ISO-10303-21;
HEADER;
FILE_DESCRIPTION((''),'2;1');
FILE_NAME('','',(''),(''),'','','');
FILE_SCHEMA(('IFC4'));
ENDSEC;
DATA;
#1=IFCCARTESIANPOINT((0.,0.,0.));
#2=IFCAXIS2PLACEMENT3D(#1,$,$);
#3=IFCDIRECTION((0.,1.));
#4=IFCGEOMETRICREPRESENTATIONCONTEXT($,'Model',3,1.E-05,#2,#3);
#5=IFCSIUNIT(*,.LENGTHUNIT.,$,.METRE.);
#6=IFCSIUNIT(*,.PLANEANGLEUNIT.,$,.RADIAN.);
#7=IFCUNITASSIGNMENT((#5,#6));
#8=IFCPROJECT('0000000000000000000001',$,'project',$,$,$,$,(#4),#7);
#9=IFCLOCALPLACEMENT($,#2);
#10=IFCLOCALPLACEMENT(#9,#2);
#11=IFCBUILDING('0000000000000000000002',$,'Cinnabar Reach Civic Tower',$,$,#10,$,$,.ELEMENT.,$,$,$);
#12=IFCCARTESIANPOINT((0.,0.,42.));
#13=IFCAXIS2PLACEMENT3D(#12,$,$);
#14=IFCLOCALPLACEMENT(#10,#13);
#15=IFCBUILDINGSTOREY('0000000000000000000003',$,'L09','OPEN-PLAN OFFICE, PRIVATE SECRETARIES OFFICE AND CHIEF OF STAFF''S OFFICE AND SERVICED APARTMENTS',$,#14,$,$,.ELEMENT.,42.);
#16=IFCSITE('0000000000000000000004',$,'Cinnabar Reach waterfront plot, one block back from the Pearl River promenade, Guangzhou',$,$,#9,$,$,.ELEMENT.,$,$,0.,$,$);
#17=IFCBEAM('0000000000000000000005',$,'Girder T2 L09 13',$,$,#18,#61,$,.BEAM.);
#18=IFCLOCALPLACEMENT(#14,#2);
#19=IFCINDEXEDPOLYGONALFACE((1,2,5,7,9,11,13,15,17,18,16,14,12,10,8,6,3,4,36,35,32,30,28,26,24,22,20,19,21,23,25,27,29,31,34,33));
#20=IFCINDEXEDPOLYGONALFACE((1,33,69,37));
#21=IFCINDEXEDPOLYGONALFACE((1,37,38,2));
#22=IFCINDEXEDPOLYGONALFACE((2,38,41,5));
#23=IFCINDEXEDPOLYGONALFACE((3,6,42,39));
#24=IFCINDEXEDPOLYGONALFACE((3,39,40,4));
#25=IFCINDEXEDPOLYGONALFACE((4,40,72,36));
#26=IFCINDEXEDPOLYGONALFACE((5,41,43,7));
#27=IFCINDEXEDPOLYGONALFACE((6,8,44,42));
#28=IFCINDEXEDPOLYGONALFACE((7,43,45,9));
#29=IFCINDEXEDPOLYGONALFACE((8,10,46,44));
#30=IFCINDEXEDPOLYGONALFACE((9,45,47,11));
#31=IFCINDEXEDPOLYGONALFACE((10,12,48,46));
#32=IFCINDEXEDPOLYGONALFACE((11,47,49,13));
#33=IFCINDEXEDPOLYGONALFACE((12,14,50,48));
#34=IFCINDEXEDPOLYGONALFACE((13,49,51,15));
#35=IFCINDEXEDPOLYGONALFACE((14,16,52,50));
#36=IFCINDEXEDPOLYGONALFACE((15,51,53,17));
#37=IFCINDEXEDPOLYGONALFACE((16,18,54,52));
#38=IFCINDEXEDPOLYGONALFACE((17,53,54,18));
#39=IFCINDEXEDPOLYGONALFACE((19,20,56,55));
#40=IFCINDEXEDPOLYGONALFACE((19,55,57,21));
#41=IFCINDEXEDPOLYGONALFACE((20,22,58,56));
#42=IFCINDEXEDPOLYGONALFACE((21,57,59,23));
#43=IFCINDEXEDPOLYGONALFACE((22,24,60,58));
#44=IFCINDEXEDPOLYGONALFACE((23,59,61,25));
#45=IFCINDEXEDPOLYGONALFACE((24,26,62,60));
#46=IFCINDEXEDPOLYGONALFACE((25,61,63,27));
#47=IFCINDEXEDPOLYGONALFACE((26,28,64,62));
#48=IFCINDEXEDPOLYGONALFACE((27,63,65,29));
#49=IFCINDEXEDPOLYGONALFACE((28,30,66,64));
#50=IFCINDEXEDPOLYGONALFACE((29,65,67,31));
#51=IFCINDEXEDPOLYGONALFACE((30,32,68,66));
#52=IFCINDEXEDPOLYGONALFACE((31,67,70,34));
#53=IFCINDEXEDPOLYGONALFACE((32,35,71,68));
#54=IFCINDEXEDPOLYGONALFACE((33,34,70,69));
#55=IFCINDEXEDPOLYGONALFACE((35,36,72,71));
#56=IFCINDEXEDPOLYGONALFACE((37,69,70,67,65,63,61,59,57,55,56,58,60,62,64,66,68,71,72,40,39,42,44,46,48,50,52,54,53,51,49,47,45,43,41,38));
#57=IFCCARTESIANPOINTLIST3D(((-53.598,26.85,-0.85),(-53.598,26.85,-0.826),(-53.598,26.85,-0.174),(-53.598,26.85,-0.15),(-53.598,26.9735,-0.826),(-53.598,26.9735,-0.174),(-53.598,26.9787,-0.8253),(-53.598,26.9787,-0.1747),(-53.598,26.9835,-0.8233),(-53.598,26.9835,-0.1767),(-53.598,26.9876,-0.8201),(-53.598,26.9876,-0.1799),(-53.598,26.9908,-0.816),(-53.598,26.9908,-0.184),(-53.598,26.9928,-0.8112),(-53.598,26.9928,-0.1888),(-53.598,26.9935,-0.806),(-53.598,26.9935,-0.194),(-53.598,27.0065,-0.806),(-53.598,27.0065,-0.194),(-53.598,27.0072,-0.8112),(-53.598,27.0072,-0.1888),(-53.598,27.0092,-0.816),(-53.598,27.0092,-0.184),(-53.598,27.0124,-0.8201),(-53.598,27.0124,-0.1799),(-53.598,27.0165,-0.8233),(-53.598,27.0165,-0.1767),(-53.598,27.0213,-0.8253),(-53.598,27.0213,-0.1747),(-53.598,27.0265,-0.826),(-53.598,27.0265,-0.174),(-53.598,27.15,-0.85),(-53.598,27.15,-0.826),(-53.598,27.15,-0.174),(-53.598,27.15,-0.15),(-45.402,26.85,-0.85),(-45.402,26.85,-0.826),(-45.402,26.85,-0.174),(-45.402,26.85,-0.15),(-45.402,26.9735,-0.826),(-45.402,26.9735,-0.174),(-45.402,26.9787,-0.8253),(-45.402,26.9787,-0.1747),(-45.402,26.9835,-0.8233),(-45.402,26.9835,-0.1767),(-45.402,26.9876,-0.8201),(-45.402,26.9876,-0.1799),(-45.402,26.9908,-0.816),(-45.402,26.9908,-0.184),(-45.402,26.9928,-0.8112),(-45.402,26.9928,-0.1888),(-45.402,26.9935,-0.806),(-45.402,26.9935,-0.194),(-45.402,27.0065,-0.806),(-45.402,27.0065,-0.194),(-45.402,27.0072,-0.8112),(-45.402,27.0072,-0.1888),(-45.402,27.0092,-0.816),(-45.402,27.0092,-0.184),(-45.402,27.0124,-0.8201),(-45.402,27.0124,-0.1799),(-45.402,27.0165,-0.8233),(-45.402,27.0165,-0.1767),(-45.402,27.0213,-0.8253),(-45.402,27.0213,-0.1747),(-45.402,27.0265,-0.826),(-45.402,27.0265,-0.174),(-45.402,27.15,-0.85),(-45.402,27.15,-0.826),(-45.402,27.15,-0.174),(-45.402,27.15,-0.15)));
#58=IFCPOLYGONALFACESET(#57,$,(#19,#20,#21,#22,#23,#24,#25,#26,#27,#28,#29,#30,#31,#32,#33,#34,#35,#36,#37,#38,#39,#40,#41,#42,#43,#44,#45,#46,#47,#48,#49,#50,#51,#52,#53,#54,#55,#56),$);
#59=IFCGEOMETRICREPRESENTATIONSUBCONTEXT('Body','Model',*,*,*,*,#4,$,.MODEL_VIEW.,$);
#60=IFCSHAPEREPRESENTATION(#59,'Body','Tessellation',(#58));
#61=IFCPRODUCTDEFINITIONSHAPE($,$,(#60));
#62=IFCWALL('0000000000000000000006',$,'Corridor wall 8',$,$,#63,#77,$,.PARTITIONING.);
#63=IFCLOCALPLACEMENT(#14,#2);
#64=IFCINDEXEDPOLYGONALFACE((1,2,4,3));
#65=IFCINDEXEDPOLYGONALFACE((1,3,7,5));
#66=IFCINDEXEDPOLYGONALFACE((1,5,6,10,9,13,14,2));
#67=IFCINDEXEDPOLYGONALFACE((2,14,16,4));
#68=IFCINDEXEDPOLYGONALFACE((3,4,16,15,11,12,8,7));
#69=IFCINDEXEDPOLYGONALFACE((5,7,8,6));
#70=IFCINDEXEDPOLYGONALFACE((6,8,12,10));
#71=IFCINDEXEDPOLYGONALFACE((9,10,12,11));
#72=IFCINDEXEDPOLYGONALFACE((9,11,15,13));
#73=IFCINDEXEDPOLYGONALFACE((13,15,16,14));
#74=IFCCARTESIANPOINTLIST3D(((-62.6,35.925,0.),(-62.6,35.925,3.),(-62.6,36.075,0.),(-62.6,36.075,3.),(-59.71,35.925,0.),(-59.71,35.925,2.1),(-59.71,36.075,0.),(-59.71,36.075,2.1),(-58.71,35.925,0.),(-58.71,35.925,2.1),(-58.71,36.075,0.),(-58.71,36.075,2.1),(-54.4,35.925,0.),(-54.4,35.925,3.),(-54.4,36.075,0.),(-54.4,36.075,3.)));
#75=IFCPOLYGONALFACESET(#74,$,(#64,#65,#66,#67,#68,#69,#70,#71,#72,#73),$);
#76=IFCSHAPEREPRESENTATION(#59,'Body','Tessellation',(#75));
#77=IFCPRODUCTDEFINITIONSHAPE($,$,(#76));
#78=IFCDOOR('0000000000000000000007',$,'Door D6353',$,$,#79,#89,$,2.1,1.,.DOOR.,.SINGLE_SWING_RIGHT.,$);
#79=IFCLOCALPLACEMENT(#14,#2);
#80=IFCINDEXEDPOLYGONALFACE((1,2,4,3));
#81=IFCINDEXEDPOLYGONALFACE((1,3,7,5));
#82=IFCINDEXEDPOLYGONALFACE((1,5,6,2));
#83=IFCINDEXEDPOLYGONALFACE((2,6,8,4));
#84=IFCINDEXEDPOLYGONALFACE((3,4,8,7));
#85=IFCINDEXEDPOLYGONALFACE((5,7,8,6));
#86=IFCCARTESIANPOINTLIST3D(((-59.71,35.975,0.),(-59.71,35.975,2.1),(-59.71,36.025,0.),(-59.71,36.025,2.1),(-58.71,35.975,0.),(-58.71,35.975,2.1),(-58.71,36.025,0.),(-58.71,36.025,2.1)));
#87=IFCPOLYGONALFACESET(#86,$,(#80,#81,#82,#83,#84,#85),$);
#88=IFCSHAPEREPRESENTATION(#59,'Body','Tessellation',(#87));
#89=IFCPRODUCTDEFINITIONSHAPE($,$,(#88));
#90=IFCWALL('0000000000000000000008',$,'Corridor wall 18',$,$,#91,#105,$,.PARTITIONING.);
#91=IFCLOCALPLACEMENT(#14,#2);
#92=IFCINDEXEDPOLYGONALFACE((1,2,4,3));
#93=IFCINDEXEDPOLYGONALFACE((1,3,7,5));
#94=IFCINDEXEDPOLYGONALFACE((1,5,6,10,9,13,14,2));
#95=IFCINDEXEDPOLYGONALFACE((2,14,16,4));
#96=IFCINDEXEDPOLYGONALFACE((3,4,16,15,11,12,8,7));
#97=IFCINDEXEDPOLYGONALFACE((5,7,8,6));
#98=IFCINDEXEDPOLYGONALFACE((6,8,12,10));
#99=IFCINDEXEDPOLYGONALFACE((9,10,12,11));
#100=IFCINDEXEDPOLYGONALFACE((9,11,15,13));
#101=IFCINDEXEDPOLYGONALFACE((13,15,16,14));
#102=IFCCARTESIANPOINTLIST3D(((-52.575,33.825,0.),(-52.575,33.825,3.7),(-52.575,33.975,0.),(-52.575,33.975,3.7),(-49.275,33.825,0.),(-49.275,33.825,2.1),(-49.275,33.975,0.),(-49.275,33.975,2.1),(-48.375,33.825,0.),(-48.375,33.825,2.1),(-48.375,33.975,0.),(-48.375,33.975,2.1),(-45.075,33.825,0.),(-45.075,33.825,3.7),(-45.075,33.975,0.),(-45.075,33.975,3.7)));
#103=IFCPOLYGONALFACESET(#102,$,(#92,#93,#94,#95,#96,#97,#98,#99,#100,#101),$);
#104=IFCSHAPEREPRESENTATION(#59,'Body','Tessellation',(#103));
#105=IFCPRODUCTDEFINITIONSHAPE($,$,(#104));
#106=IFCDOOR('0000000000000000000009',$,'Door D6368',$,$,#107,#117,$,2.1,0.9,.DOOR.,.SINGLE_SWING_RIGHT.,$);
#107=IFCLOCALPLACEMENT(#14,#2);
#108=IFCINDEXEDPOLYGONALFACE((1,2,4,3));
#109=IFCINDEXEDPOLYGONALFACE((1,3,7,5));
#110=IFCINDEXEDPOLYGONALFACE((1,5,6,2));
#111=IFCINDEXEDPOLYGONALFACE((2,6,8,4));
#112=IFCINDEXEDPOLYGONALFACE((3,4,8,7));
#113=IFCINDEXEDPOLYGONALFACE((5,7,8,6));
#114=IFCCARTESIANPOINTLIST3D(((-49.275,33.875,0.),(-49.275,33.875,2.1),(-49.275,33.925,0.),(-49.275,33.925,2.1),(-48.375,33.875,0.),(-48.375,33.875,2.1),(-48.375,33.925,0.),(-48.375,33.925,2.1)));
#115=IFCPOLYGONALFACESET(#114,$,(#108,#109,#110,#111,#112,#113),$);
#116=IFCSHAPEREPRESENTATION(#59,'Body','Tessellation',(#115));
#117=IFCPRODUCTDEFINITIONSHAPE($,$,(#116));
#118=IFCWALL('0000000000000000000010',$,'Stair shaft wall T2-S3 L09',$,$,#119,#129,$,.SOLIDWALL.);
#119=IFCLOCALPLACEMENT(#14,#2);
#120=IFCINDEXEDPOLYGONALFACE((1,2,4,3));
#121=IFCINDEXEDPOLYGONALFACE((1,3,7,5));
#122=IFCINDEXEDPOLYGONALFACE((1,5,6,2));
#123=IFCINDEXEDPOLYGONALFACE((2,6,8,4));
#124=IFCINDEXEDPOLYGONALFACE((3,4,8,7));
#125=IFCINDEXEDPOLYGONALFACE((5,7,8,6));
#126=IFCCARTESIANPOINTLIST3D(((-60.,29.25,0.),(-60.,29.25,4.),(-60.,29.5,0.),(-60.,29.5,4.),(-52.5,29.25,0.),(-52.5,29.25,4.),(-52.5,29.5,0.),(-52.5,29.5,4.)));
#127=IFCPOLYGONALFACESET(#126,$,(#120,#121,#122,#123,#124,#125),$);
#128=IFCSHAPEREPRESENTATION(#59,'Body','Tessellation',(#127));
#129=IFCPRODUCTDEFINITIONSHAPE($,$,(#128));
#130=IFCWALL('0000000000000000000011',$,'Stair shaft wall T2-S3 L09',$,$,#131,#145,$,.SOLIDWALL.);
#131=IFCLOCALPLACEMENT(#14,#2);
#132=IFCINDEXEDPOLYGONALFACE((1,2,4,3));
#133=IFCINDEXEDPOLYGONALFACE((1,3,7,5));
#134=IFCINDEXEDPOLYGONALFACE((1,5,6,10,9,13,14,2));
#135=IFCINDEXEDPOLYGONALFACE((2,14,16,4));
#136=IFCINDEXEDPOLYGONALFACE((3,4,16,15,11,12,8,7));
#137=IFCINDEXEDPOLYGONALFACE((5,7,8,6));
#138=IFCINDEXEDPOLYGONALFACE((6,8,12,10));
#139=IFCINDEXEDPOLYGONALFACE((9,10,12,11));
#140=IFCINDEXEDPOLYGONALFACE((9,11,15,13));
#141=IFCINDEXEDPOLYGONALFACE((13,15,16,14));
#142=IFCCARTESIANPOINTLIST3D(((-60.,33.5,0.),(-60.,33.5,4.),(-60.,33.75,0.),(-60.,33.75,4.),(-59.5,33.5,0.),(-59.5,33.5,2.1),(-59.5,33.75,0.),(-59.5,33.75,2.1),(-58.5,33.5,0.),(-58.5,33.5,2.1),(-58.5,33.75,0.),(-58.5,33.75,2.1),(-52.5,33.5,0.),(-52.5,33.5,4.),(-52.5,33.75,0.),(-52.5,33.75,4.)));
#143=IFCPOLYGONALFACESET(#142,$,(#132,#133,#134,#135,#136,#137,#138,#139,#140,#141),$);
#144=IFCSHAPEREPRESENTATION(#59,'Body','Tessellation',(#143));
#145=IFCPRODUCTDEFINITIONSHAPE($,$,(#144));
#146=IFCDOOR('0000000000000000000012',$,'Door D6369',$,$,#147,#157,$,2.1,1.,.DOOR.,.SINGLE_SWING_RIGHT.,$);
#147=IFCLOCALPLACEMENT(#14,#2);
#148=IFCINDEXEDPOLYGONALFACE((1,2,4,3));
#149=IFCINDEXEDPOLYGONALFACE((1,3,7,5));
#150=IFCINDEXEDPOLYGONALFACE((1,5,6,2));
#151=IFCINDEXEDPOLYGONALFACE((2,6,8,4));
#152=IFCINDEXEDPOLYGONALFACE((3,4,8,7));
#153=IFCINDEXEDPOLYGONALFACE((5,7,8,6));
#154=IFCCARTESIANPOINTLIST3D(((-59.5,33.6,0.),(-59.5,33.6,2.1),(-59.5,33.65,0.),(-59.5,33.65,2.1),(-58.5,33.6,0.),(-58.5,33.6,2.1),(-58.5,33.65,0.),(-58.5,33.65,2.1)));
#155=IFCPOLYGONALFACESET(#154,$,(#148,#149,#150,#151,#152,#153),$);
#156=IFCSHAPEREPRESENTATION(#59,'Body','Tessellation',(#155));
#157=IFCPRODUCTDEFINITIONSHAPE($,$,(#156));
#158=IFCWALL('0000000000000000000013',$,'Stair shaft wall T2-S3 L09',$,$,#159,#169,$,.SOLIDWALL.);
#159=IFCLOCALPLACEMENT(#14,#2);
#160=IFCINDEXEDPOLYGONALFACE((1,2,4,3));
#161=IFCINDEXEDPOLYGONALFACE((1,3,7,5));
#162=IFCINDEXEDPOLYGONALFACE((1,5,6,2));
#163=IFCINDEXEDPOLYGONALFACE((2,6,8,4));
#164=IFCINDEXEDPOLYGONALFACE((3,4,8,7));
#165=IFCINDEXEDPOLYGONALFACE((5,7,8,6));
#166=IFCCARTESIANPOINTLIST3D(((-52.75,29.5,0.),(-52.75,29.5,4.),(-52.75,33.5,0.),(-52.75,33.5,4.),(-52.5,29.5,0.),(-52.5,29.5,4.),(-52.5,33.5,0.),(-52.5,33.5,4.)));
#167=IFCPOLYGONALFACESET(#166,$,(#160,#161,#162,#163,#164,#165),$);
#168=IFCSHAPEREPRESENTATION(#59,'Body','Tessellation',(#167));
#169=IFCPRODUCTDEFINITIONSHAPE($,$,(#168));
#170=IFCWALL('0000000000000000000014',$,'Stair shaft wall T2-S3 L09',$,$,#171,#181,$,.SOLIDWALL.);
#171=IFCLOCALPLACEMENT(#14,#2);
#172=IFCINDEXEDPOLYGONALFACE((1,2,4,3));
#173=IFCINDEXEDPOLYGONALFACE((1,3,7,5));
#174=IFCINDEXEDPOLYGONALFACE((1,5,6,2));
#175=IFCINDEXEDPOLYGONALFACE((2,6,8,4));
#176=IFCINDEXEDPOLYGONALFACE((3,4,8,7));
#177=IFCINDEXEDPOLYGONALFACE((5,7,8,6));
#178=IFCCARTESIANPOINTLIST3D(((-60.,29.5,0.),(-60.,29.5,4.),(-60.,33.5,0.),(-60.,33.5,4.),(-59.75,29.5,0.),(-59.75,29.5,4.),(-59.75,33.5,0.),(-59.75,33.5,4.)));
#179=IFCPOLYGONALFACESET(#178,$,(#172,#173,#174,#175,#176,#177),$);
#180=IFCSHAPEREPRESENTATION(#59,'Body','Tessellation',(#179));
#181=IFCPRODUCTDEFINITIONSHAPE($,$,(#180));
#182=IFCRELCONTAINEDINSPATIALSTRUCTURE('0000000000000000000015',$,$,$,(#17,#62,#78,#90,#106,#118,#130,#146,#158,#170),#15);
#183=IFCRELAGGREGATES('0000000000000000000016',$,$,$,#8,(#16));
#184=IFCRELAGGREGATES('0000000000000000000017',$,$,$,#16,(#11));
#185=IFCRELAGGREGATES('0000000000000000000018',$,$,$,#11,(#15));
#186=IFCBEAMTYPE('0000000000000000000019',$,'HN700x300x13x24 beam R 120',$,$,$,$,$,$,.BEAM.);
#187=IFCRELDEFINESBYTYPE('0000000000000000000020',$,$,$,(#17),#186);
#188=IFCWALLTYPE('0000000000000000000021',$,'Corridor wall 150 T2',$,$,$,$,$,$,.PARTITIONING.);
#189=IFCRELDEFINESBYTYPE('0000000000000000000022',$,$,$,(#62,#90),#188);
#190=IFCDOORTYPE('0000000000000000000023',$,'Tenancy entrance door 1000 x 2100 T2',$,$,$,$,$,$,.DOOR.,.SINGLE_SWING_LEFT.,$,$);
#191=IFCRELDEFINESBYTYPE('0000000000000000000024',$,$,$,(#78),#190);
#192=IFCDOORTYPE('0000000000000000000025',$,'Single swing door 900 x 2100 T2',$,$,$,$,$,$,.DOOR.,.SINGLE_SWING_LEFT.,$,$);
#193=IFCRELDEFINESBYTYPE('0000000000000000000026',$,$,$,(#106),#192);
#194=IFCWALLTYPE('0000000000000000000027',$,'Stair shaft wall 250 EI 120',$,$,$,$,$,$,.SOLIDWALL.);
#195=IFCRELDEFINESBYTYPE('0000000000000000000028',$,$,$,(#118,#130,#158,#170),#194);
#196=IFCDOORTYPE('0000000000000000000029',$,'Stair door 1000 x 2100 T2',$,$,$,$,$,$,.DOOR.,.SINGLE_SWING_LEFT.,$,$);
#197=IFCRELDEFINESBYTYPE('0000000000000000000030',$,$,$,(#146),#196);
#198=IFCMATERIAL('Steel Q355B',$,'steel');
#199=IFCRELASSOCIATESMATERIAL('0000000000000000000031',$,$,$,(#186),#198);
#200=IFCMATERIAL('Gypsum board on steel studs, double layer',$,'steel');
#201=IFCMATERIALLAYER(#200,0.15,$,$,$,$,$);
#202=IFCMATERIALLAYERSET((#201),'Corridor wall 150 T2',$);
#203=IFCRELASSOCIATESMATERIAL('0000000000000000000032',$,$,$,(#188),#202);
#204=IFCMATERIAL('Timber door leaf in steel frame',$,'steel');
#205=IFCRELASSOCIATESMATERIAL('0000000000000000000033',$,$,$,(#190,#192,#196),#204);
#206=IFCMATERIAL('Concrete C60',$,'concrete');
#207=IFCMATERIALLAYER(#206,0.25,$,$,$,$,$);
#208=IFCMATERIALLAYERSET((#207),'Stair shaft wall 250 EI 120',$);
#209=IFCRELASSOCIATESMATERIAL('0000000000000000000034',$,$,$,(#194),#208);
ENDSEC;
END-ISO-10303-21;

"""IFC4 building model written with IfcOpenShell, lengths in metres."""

from ifc_helpers import new_model, si_unit, direction, frame, frame_2d, origin, origin_2d, place, context, subcontext, project, spatial, rectangle, i_section, extrude, material, layer, layer_set, material_profile, profile_set, type_object, element, fill, save


model = new_model("IFC4")

# Units and contexts
model_context = context("Model", 3, precision=1e-05, world=origin(), true_north=direction((0.0, 1.0)))
body_context = subcontext(model_context, "Body", "Model", "MODEL_VIEW")
ifc_project = project(units=[si_unit("LENGTHUNIT", "METRE"), si_unit("PLANEANGLEUNIT", "RADIAN")], contexts=[model_context])

# Site, building, storey
site_placement = place(None, origin())
site = spatial("IfcSite", under=ifc_project, at=site_placement, Name="Cinnabar Reach waterfront plot, one block back from the Pearl River promenade, Guangzhou", CompositionType="ELEMENT", RefElevation=0.0)
building_placement = place(site_placement, origin())
building = spatial("IfcBuilding", under=site, at=building_placement, Name="Cinnabar Reach Civic Tower", CompositionType="ELEMENT")
storey_placement = place(building_placement, frame((0.0, 0.0, 42.0)))
storey = spatial("IfcBuildingStorey", under=building, at=storey_placement, Name="L09", Description="OPEN-PLAN OFFICE, PRIVATE SECRETARIES OFFICE AND CHIEF OF STAFF'S OFFICE AND SERVICED APARTMENTS", CompositionType="ELEMENT", Elevation=42.0)

# Beam
ifc_material_1 = material(Name="Steel Q355B", Category="steel")
ifc_material_profile_1 = material_profile(ifc_material_1, i_section(OverallWidth=0.3, OverallDepth=0.7, WebThickness=0.013, FlangeThickness=0.024, FilletRadius=0.02, at=origin_2d()), Name="HN700x300x13x24")
ifc_profile_set_1 = profile_set([ifc_material_profile_1], Name="Steel Q355B")
beam_type_1 = type_object("IfcBeamType", Name="HN700x300x13x24 beam R 120", PredefinedType="BEAM", material=ifc_profile_set_1)
beam_1_placement = place(storey_placement, frame((-53.598, 27.0, -0.5), z_axis=(1.0, 0.0, 0.0), x_axis=(0.0, 1.0, 0.0)))
element("IfcBeam", 1, at=beam_1_placement, inside=storey, type_object=beam_type_1, Name="Girder T2 L09 13", PredefinedType="BEAM", context=body_context, shape_type="SweptSolid", body=[
    extrude(i_section(OverallWidth=0.3, OverallDepth=0.7, WebThickness=0.013, FlangeThickness=0.024, FilletRadius=0.02, at=origin_2d()), origin(), (0.0, 0.0, 1.0), 8.196),
])

# Walls, openings, doors
ifc_material_2 = material(Name="Gypsum board on steel studs, double layer", Category="steel")
ifc_layer_1 = layer(ifc_material_2, 0.15)
ifc_layer_set_1 = layer_set([ifc_layer_1], Name="Corridor wall 150 T2")
wall_type_1 = type_object("IfcWallType", Name="Corridor wall 150 T2", PredefinedType="PARTITIONING", material=ifc_layer_set_1)
wall_1_placement = place(storey_placement, frame((-62.6, 36.0, 0.0), z_axis=(0.0, 0.0, 1.0), x_axis=(1.0, 0.0, 0.0)))
wall_1 = element("IfcWall", 2, at=wall_1_placement, inside=storey, type_object=wall_type_1, Name="Corridor wall 8", PredefinedType="PARTITIONING", context=body_context, shape_type="SweptSolid", body=[
    extrude(rectangle(XDim=8.2, YDim=0.15, at=frame_2d((4.1, 0.0))), origin(), (0.0, 0.0, 1.0), 3.0),
])
opening_1_placement = place(wall_1_placement, frame((2.89, 0.0, 0.0)))
opening_1 = element("IfcOpeningElement", 3, at=opening_1_placement, cuts=wall_1, PredefinedType="OPENING", context=body_context, shape_type="SweptSolid", body=[
    extrude(rectangle(XDim=1.0, YDim=2.1, at=frame_2d((0.5, 1.05))), frame((0.0, 0.085, 0.0), z_axis=(0.0, -1.0, 0.0), x_axis=(1.0, 0.0, 0.0)), (0.0, 0.0, 1.0), 0.17),
])
ifc_material_3 = material(Name="Timber door leaf in steel frame", Category="steel")
door_type_1 = type_object("IfcDoorType", Name="Tenancy entrance door 1000 x 2100 T2", OperationType="SINGLE_SWING_LEFT", PredefinedType="DOOR", material=ifc_material_3)
door_1_placement = place(opening_1_placement, origin())
door_1 = element("IfcDoor", 4, at=door_1_placement, inside=storey, type_object=door_type_1, Name="Door D6353", OperationType="SINGLE_SWING_RIGHT", OverallHeight=2.1, OverallWidth=1.0, PredefinedType="DOOR", context=body_context, shape_type="SweptSolid", body=[
    extrude(rectangle(XDim=1.0, YDim=2.1, at=frame_2d((0.5, 1.05))), frame((0.0, 0.025, 0.0), z_axis=(0.0, -1.0, 0.0), x_axis=(1.0, 0.0, 0.0)), (0.0, 0.0, 1.0), 0.05),
])
fill(opening_1, door_1)
wall_2_placement = place(storey_placement, frame((-52.575, 33.9, 0.0), z_axis=(0.0, 0.0, 1.0), x_axis=(1.0, 0.0, 0.0)))
wall_2 = element("IfcWall", 5, at=wall_2_placement, inside=storey, type_object=wall_type_1, Name="Corridor wall 18", PredefinedType="PARTITIONING", context=body_context, shape_type="SweptSolid", body=[
    extrude(rectangle(XDim=7.5, YDim=0.15, at=frame_2d((3.75, 0.0))), origin(), (0.0, 0.0, 1.0), 3.7),
])
opening_2_placement = place(wall_2_placement, frame((3.3, 0.0, 0.0)))
opening_2 = element("IfcOpeningElement", 6, at=opening_2_placement, cuts=wall_2, PredefinedType="OPENING", context=body_context, shape_type="SweptSolid", body=[
    extrude(rectangle(XDim=0.9, YDim=2.1, at=frame_2d((0.45, 1.05))), frame((0.0, 0.085, 0.0), z_axis=(0.0, -1.0, 0.0), x_axis=(1.0, 0.0, 0.0)), (0.0, 0.0, 1.0), 0.17),
])
door_type_2 = type_object("IfcDoorType", Name="Single swing door 900 x 2100 T2", OperationType="SINGLE_SWING_LEFT", PredefinedType="DOOR", material=ifc_material_3)
door_2_placement = place(opening_2_placement, frame((0.9, 0.0, 0.0), z_axis=(0.0, 0.0, 1.0), x_axis=(-1.0, 0.0, 0.0)))
door_2 = element("IfcDoor", 7, at=door_2_placement, inside=storey, type_object=door_type_2, Name="Door D6368", OperationType="SINGLE_SWING_RIGHT", OverallHeight=2.1, OverallWidth=0.9, PredefinedType="DOOR", context=body_context, shape_type="SweptSolid", body=[
    extrude(rectangle(XDim=0.9, YDim=2.1, at=frame_2d((0.45, 1.05))), frame((0.0, 0.025, 0.0), z_axis=(0.0, -1.0, 0.0), x_axis=(1.0, 0.0, 0.0)), (0.0, 0.0, 1.0), 0.05),
])
fill(opening_2, door_2)

# Wall
ifc_material_4 = material(Name="Concrete C60", Category="concrete")
ifc_layer_2 = layer(ifc_material_4, 0.25)
ifc_layer_set_2 = layer_set([ifc_layer_2], Name="Stair shaft wall 250 EI 120")
wall_type_2 = type_object("IfcWallType", Name="Stair shaft wall 250 EI 120", PredefinedType="SOLIDWALL", material=ifc_layer_set_2)
wall_3_placement = place(storey_placement, frame((-60.0, 29.375, 0.0), z_axis=(0.0, 0.0, 1.0), x_axis=(1.0, 0.0, 0.0)))
element("IfcWall", 8, at=wall_3_placement, inside=storey, type_object=wall_type_2, Name="Stair shaft wall T2-S3 L09", PredefinedType="SOLIDWALL", context=body_context, shape_type="SweptSolid", body=[
    extrude(rectangle(XDim=7.5, YDim=0.25, at=frame_2d((3.75, 0.0))), origin(), (0.0, 0.0, 1.0), 4.0),
])

# Wall, opening, door
wall_4_placement = place(storey_placement, frame((-52.5, 33.625, 0.0), z_axis=(0.0, 0.0, 1.0), x_axis=(-1.0, 0.0, 0.0)))
wall_4 = element("IfcWall", 9, at=wall_4_placement, inside=storey, type_object=wall_type_2, Name="Stair shaft wall T2-S3 L09", PredefinedType="SOLIDWALL", context=body_context, shape_type="SweptSolid", body=[
    extrude(rectangle(XDim=7.5, YDim=0.25, at=frame_2d((3.75, 0.0))), origin(), (0.0, 0.0, 1.0), 4.0),
])
opening_3_placement = place(wall_4_placement, frame((6.0, 0.0, 0.0)))
opening_3 = element("IfcOpeningElement", 10, at=opening_3_placement, cuts=wall_4, PredefinedType="OPENING", context=body_context, shape_type="SweptSolid", body=[
    extrude(rectangle(XDim=1.0, YDim=2.1, at=frame_2d((0.5, 1.05))), frame((0.0, 0.135, 0.0), z_axis=(0.0, -1.0, 0.0), x_axis=(1.0, 0.0, 0.0)), (0.0, 0.0, 1.0), 0.27),
])
door_type_3 = type_object("IfcDoorType", Name="Stair door 1000 x 2100 T2", OperationType="SINGLE_SWING_LEFT", PredefinedType="DOOR", material=ifc_material_3)
door_3_placement = place(opening_3_placement, origin())
door_3 = element("IfcDoor", 11, at=door_3_placement, inside=storey, type_object=door_type_3, Name="Door D6369", OperationType="SINGLE_SWING_RIGHT", OverallHeight=2.1, OverallWidth=1.0, PredefinedType="DOOR", context=body_context, shape_type="SweptSolid", body=[
    extrude(rectangle(XDim=1.0, YDim=2.1, at=frame_2d((0.5, 1.05))), frame((0.0, 0.025, 0.0), z_axis=(0.0, -1.0, 0.0), x_axis=(1.0, 0.0, 0.0)), (0.0, 0.0, 1.0), 0.05),
])
fill(opening_3, door_3)

# Walls
for number, where, z_axis, x_axis, name in (
    (12, (-52.625, 29.5, 0.0), (0.0, 0.0, 1.0), (0.0, 1.0, 0.0), "Stair shaft wall T2-S3 L09"),
    (13, (-59.875, 33.5, 0.0), (0.0, 0.0, 1.0), (0.0, -1.0, 0.0), "Stair shaft wall T2-S3 L09"),
):
    element("IfcWall", number, at=place(storey_placement, frame(where, z_axis=z_axis, x_axis=x_axis)), inside=storey, type_object=wall_type_2, Name=name, PredefinedType="SOLIDWALL", context=body_context, shape_type="SweptSolid", body=[
        extrude(rectangle(XDim=4.0, YDim=0.25, at=frame_2d((2.0, 0.0))), origin(), (0.0, 0.0, 1.0), 4.0),
    ])

save(model, "model.ifc")
